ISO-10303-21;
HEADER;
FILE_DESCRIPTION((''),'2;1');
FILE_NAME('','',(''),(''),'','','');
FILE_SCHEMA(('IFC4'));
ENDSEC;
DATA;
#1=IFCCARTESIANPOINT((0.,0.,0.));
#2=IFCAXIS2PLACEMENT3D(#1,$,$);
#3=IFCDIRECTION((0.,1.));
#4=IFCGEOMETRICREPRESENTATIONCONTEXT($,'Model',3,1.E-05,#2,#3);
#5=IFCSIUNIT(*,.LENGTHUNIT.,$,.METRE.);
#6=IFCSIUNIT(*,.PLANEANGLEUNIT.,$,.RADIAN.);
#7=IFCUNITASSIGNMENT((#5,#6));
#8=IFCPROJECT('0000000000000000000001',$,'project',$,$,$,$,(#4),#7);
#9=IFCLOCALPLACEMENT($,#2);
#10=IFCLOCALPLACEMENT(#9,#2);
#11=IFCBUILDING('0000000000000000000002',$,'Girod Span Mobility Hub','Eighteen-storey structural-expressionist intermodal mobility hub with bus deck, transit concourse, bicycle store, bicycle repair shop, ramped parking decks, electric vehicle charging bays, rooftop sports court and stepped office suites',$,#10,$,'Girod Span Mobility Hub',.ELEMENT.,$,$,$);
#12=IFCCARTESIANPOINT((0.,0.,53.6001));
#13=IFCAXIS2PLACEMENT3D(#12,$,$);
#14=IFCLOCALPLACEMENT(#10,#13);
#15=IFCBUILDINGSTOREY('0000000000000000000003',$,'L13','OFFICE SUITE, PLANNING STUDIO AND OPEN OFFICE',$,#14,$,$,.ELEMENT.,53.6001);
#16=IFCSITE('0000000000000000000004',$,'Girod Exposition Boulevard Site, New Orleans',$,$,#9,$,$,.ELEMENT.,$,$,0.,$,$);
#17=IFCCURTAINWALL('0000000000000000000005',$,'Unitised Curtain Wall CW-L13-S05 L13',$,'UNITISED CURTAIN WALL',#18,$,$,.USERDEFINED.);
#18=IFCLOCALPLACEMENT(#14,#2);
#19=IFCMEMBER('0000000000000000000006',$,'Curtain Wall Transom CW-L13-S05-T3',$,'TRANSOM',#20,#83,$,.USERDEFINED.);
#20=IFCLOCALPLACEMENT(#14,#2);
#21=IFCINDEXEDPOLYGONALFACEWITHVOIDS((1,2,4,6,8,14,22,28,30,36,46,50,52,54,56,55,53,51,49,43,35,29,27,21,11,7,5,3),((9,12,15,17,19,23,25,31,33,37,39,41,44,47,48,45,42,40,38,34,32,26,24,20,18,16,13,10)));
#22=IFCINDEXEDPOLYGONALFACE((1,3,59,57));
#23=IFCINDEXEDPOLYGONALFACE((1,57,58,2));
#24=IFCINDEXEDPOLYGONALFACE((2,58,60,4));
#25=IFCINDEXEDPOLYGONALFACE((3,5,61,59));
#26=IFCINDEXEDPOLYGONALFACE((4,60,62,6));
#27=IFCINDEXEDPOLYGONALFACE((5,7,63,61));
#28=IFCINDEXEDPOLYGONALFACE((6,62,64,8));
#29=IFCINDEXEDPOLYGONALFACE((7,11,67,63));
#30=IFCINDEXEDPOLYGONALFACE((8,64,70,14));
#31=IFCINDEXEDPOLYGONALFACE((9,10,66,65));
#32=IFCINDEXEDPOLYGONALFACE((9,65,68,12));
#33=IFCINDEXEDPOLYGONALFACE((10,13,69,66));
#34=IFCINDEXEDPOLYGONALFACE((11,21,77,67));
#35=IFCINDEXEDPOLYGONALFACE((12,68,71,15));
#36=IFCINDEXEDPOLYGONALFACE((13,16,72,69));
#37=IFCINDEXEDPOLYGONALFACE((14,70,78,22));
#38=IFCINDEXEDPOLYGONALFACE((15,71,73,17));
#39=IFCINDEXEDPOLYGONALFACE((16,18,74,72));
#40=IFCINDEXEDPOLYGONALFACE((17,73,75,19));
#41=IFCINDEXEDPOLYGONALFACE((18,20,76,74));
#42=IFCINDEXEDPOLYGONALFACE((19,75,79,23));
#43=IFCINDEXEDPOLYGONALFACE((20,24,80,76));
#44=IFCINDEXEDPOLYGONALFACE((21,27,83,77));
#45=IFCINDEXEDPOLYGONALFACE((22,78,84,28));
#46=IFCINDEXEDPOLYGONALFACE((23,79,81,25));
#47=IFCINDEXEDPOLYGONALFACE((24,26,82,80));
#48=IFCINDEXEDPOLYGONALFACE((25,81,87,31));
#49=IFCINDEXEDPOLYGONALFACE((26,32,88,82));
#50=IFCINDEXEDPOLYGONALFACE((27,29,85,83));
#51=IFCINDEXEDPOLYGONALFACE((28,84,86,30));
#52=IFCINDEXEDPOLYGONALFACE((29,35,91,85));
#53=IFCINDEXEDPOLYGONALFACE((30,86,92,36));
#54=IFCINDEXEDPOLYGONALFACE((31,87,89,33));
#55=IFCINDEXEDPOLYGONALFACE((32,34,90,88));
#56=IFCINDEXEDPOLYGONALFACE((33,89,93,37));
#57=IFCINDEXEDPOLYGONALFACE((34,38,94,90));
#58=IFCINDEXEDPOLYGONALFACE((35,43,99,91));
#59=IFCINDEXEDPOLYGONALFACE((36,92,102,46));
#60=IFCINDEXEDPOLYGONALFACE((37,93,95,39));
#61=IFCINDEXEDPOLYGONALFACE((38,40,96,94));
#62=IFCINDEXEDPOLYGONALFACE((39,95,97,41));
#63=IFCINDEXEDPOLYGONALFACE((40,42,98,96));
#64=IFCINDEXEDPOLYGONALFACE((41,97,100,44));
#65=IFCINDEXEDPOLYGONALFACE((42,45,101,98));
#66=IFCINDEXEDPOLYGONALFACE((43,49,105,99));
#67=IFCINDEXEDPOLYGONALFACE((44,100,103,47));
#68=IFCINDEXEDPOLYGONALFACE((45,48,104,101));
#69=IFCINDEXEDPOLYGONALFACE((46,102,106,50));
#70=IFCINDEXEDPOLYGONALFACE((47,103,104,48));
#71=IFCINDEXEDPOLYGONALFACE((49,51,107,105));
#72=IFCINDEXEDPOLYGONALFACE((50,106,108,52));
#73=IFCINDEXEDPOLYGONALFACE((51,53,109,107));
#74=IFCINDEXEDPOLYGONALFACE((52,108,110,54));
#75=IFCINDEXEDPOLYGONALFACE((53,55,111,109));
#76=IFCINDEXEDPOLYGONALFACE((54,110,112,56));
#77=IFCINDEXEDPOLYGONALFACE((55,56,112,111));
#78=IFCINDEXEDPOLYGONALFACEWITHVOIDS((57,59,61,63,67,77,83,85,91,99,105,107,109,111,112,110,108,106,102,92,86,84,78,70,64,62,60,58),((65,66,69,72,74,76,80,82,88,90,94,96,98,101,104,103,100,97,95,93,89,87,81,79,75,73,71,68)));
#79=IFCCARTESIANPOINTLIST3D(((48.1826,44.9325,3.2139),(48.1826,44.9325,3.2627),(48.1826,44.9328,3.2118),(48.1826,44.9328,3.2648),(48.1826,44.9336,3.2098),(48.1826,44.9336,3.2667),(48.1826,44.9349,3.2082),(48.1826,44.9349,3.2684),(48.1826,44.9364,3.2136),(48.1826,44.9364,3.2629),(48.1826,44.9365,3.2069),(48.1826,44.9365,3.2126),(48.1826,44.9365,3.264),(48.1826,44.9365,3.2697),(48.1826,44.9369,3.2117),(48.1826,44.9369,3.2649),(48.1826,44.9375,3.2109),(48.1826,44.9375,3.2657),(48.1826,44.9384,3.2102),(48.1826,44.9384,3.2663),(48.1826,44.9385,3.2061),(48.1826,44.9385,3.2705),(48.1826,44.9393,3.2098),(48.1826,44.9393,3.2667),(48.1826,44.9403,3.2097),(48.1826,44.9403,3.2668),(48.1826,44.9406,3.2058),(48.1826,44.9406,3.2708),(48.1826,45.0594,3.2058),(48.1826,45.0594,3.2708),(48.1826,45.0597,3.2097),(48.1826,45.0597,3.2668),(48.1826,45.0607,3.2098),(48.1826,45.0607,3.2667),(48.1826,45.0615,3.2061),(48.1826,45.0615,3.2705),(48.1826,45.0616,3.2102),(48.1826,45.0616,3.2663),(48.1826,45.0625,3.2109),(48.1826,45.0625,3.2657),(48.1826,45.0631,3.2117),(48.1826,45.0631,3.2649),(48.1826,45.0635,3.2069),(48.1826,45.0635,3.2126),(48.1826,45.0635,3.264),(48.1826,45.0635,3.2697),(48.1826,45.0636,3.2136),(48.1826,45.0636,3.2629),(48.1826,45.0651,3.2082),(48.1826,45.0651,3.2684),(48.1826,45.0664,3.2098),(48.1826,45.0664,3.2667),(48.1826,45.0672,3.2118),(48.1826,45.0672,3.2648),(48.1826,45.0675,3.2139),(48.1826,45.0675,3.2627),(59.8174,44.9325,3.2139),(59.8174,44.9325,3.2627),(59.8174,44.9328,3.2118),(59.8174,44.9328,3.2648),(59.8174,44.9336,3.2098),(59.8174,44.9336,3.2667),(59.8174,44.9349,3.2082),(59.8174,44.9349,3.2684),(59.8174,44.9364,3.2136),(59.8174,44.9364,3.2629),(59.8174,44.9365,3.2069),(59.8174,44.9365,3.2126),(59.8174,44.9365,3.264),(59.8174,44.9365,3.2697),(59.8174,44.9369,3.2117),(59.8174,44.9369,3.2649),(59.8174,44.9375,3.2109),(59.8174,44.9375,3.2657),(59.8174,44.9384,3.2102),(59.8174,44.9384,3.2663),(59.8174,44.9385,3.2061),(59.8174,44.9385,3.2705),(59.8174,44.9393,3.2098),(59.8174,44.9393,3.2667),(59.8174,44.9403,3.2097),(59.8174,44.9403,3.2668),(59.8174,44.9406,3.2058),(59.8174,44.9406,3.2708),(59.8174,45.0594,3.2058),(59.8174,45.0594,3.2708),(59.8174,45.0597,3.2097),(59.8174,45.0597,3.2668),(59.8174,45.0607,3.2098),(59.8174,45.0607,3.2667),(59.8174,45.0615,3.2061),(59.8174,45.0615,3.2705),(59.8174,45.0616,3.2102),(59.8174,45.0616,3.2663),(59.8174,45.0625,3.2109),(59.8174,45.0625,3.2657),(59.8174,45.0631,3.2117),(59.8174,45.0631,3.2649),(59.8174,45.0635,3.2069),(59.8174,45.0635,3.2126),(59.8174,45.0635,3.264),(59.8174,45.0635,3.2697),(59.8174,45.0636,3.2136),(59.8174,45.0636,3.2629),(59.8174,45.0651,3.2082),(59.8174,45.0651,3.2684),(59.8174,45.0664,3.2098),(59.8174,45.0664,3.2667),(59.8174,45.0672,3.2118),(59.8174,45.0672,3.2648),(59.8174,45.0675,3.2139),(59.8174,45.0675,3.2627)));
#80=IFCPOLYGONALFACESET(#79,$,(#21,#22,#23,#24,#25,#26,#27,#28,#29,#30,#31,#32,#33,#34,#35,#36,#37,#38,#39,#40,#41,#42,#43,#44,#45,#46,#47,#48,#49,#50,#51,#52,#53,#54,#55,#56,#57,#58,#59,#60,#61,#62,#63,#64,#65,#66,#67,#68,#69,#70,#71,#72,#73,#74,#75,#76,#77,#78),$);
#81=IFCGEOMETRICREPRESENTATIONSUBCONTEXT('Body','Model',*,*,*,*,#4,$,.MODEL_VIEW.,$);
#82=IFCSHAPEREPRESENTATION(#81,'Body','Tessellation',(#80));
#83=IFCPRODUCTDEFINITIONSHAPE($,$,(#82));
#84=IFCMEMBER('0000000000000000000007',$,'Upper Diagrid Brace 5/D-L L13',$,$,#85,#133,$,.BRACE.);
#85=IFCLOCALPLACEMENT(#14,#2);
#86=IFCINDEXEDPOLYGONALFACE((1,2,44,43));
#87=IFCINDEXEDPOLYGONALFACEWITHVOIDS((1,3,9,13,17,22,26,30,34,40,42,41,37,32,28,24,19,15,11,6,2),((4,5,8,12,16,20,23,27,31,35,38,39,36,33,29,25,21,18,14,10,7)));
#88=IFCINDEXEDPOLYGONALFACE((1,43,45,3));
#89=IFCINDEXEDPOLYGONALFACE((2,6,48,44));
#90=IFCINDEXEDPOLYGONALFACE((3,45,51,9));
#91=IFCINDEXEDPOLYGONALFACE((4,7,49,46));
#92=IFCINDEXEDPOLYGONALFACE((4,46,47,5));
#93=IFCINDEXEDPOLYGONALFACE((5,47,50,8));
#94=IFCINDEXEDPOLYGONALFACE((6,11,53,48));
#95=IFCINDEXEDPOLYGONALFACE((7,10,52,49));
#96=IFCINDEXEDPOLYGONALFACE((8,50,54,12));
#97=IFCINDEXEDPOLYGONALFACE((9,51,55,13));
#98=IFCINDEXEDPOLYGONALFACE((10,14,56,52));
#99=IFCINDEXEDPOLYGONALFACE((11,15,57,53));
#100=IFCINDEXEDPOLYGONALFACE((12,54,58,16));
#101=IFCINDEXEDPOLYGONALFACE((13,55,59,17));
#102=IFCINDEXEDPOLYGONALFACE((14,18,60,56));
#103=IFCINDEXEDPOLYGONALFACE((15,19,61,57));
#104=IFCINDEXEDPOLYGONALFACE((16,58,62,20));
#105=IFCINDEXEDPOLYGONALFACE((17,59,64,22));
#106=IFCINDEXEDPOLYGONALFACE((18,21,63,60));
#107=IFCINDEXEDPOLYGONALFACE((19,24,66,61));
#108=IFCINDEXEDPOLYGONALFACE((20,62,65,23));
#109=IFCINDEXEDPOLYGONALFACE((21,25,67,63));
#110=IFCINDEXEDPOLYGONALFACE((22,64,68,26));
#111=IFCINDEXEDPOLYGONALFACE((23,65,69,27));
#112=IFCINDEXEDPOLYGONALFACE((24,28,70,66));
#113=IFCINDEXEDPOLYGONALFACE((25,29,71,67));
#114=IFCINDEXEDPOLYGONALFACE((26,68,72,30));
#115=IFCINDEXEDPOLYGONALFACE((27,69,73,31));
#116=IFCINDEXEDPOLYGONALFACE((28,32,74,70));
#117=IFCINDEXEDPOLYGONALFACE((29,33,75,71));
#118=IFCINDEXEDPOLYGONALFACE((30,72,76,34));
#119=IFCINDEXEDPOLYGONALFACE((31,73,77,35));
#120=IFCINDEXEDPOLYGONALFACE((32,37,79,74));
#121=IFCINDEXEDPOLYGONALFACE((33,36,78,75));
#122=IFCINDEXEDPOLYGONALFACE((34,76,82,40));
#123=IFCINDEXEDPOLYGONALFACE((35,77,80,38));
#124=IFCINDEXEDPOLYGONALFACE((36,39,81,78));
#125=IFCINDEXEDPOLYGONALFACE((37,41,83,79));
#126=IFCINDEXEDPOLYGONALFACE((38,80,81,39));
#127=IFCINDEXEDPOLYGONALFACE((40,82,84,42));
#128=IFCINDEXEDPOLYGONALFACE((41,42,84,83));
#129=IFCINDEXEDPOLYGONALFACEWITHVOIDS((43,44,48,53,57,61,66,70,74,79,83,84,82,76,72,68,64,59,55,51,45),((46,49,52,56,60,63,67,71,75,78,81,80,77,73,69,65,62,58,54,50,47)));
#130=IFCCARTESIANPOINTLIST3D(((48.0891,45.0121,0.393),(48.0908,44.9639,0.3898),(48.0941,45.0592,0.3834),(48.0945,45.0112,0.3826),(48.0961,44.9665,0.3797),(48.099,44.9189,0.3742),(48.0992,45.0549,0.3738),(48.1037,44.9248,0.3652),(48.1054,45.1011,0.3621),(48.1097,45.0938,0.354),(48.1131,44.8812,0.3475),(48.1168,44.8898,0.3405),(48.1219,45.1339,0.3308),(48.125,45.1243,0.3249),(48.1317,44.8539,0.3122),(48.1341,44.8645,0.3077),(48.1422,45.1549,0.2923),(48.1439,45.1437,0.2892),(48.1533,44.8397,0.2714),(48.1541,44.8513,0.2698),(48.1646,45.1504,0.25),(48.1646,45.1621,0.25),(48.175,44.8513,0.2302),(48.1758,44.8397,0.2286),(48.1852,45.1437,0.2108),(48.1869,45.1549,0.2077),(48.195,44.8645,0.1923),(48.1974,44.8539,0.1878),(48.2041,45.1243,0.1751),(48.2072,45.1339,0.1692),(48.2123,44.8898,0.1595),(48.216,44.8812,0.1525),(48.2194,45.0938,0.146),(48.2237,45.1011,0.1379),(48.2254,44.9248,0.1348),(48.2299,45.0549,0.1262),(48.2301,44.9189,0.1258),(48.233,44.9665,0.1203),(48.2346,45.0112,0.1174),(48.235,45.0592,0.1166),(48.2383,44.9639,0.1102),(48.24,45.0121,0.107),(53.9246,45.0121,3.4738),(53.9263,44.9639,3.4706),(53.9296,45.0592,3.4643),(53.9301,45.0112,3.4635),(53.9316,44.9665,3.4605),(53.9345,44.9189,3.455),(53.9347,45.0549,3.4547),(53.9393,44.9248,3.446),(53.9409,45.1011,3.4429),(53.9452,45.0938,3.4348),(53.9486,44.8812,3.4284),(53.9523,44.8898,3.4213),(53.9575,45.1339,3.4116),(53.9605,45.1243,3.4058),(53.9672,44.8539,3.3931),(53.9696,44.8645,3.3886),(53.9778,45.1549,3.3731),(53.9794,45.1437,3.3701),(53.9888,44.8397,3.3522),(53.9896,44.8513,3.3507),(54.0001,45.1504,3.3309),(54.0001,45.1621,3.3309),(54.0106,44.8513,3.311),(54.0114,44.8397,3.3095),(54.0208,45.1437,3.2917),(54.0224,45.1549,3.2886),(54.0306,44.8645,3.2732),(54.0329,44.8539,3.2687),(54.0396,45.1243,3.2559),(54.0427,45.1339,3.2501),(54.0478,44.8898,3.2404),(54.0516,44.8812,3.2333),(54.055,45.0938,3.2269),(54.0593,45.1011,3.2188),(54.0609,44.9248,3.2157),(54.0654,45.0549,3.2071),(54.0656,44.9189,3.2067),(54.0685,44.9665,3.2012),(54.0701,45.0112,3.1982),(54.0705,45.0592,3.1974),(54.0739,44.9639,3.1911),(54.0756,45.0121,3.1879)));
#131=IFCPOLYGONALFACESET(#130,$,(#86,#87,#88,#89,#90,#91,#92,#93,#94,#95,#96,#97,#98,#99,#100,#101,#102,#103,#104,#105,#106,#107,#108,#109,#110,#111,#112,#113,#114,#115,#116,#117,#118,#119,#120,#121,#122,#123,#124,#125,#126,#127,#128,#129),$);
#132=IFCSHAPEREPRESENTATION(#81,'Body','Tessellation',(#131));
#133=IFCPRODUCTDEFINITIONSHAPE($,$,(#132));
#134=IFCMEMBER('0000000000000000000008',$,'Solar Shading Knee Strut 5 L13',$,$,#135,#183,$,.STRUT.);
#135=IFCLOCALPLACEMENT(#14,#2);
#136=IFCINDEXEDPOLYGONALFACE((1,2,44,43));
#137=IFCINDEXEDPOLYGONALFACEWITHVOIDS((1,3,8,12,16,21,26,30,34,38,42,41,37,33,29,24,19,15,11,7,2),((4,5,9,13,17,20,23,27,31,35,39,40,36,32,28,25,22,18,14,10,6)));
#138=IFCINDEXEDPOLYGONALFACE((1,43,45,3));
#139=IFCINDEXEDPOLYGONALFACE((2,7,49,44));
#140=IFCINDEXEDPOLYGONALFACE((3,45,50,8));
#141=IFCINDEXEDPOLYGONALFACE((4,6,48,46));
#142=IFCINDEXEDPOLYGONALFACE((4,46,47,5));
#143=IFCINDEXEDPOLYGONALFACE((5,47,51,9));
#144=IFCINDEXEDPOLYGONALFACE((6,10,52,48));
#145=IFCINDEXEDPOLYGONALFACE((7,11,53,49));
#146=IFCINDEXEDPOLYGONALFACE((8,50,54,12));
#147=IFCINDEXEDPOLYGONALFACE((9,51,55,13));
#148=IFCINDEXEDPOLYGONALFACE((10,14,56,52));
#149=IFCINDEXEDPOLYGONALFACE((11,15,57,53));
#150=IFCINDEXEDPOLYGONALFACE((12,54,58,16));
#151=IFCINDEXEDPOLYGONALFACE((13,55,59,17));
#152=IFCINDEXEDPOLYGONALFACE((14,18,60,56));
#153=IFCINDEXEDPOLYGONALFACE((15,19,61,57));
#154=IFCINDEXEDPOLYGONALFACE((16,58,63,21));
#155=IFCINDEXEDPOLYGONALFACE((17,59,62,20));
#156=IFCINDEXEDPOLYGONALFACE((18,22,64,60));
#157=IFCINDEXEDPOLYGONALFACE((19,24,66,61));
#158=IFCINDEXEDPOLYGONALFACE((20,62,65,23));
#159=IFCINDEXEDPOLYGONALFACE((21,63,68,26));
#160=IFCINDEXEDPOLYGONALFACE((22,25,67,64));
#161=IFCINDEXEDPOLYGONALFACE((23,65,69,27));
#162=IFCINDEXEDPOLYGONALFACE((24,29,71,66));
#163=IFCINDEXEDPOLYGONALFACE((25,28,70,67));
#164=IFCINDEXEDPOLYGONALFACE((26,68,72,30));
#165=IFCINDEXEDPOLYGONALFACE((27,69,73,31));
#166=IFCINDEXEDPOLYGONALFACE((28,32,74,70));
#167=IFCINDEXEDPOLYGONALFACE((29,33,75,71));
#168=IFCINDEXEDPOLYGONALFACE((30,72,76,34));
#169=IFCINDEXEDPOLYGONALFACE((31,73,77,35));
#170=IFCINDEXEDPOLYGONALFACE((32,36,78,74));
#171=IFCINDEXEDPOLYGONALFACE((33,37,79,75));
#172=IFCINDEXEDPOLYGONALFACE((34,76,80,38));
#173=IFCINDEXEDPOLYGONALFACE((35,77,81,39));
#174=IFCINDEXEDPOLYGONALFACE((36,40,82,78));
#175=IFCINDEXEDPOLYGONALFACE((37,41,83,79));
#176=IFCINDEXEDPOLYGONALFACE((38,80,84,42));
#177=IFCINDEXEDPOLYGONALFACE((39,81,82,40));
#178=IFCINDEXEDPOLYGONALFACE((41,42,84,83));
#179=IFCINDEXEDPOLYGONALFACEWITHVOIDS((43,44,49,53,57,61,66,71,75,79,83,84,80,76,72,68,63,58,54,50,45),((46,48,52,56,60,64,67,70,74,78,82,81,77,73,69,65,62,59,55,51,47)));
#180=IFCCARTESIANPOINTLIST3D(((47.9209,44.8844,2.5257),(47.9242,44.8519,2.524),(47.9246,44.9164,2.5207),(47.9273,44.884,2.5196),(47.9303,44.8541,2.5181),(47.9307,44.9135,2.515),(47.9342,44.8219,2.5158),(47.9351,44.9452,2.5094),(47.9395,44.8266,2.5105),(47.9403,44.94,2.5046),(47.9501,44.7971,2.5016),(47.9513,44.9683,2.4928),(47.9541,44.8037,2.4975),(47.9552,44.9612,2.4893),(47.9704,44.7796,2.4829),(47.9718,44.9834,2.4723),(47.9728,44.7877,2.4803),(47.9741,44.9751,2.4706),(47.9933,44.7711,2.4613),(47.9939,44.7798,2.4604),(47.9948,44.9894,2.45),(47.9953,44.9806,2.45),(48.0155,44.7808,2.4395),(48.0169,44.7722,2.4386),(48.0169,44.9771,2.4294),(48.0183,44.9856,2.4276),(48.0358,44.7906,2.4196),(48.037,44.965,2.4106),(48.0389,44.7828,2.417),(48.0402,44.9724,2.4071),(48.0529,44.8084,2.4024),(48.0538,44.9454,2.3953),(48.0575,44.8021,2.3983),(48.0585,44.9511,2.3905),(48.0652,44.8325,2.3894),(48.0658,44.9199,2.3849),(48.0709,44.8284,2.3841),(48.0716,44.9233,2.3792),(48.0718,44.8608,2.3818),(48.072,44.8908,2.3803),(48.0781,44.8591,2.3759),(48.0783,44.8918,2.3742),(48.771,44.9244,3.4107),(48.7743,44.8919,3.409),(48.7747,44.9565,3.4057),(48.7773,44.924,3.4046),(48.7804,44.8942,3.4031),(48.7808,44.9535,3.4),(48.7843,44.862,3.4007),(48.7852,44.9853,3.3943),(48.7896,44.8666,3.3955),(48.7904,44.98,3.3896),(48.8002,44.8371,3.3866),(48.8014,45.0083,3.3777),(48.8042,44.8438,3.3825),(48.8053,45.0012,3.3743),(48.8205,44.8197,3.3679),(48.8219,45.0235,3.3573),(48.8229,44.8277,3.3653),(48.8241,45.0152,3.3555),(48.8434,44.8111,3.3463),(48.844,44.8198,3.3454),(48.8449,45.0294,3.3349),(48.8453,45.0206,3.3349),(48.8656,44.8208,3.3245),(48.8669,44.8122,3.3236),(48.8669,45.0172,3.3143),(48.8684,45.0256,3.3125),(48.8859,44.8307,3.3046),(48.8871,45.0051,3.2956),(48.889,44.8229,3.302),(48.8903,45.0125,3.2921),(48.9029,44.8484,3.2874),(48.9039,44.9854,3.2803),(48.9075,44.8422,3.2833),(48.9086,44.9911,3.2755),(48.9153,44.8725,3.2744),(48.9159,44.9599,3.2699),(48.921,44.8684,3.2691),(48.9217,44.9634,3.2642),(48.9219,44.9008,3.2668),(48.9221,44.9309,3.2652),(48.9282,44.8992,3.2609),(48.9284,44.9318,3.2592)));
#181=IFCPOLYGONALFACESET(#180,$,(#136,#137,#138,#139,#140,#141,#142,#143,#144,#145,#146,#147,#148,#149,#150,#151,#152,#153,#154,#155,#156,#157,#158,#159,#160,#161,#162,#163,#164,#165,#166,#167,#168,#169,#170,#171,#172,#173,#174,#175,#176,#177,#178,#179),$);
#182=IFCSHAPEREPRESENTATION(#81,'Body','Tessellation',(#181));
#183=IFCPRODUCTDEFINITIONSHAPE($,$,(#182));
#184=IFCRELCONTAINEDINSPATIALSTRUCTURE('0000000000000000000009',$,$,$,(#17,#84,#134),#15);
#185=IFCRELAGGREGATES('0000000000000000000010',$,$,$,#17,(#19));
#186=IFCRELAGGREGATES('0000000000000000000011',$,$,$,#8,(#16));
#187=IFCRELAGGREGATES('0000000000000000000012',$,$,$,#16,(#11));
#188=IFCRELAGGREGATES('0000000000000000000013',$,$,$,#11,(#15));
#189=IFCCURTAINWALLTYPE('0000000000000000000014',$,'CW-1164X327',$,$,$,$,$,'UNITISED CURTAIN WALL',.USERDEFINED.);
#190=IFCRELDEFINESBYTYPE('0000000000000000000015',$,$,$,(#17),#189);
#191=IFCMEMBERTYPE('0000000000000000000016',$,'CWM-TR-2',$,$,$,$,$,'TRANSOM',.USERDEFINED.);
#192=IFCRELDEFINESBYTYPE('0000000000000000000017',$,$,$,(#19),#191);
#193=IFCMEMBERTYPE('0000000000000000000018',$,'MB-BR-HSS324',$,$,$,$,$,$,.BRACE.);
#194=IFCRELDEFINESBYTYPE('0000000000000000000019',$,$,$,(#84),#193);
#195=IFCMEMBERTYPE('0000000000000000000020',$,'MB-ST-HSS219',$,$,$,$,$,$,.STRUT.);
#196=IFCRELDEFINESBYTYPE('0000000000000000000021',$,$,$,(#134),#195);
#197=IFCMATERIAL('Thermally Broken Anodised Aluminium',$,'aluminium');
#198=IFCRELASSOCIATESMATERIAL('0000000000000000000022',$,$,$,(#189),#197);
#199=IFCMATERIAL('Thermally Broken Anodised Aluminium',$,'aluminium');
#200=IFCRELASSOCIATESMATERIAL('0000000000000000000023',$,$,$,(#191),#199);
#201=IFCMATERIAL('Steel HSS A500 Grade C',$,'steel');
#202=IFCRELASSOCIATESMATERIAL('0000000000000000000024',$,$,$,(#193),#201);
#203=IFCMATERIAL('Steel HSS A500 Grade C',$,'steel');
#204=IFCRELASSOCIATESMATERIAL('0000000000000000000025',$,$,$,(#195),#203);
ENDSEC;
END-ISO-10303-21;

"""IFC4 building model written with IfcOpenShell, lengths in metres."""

from ifc_helpers import new_model, si_unit, direction, frame, origin, origin_2d, place, context, subcontext, project, spatial, hollow_rectangle, hollow_circle, extrude, material, material_profile, profile_set, type_object, element, aggregate, save


model = new_model("IFC4")

# Units and contexts
model_context = context("Model", 3, precision=1e-05, world=origin(), true_north=direction((0.0, 1.0)))
body_context = subcontext(model_context, "Body", "Model", "MODEL_VIEW")
ifc_project = project(units=[si_unit("LENGTHUNIT", "METRE"), si_unit("PLANEANGLEUNIT", "RADIAN")], contexts=[model_context])

# Site, building, storey
site_placement = place(None, origin())
site = spatial("IfcSite", under=ifc_project, at=site_placement, Name="Girod Exposition Boulevard Site, New Orleans", CompositionType="ELEMENT", RefElevation=0.0)
building_placement = place(site_placement, origin())
building = spatial("IfcBuilding", under=site, at=building_placement, Name="Girod Span Mobility Hub", Description="Eighteen-storey structural-expressionist intermodal mobility hub with bus deck, transit concourse, bicycle store, bicycle repair shop, ramped parking decks, electric vehicle charging bays, rooftop sports court and stepped office suites", LongName="Girod Span Mobility Hub", CompositionType="ELEMENT")
storey_placement = place(building_placement, frame((0.0, 0.0, 53.6001)))
storey = spatial("IfcBuildingStorey", under=building, at=storey_placement, Name="L13", Description="OFFICE SUITE, PLANNING STUDIO AND OPEN OFFICE", CompositionType="ELEMENT", Elevation=53.6001)

# Curtain wall, member
ifc_material_1 = material(Name="Thermally Broken Anodised Aluminium", Category="aluminium")
curtain_wall_type = type_object("IfcCurtainWallType", Name="CW-1164X327", ElementType="UNITISED CURTAIN WALL", PredefinedType="USERDEFINED", material=ifc_material_1)
curtain_wall_placement = place(storey_placement, origin())
curtain_wall = element("IfcCurtainWall", 1, at=curtain_wall_placement, inside=storey, type_object=curtain_wall_type, Name="Unitised Curtain Wall CW-L13-S05 L13", ObjectType="UNITISED CURTAIN WALL", PredefinedType="USERDEFINED")
ifc_material_2 = material(Name="Thermally Broken Anodised Aluminium", Category="aluminium")
ifc_material_profile_1 = material_profile(ifc_material_2, hollow_rectangle(XDim=0.135, YDim=0.0649, WallThickness=0.0039, InnerFilletRadius=0.0039, OuterFilletRadius=0.0081, at=origin_2d()), Name="CW-TR-65X135")
ifc_profile_set_1 = profile_set([ifc_material_profile_1], Name="Thermally Broken Anodised Aluminium")
member_type_1 = type_object("IfcMemberType", Name="CWM-TR-2", ElementType="TRANSOM", PredefinedType="USERDEFINED", material=ifc_profile_set_1)
member_1_placement = place(storey_placement, frame((48.1826, 45.0, 3.2383), z_axis=(1.0, 0.0, 0.0), x_axis=(0.0, 1.0, 0.0)))
member_1 = element("IfcMember", 2, at=member_1_placement, type_object=member_type_1, Name="Curtain Wall Transom CW-L13-S05-T3", ObjectType="TRANSOM", PredefinedType="USERDEFINED", context=body_context, shape_type="SweptSolid", body=[
    extrude(hollow_rectangle(XDim=0.135, YDim=0.0649, WallThickness=0.0039, InnerFilletRadius=0.0039, OuterFilletRadius=0.0081, at=origin_2d()), origin(), (0.0, 0.0, 1.0), 11.6348),
])
aggregate(curtain_wall, [member_1])

# Members
ifc_material_3 = material(Name="Steel HSS A500 Grade C", Category="steel")
ifc_material_profile_2 = material_profile(ifc_material_3, hollow_circle(Radius=0.1621, WallThickness=0.0117, at=origin_2d()), Name="HSS324X12.7")
ifc_profile_set_2 = profile_set([ifc_material_profile_2], Name="Steel HSS A500 Grade C")
member_type_2 = type_object("IfcMemberType", Name="MB-BR-HSS324", PredefinedType="BRACE", material=ifc_profile_set_2)
member_2_placement = place(storey_placement, frame((48.1646, 45.0, 0.25), z_axis=(0.884323, 0.0, 0.466876), x_axis=(0.0, 1.0, 0.0)))
element("IfcMember", 3, at=member_2_placement, inside=storey, type_object=member_type_2, Name="Upper Diagrid Brace 5/D-L L13", PredefinedType="BRACE", context=body_context, shape_type="SweptSolid", body=[
    extrude(hollow_circle(Radius=0.1621, WallThickness=0.0117, at=origin_2d()), origin(), (0.0, 0.0, 1.0), 6.5989),
])
ifc_material_4 = material(Name="Steel HSS A500 Grade C", Category="steel")
ifc_material_profile_3 = material_profile(ifc_material_4, hollow_circle(Radius=0.1096, WallThickness=0.0088, at=origin_2d()), Name="HSS219X9.5")
ifc_profile_set_3 = profile_set([ifc_material_profile_3], Name="Steel HSS A500 Grade C")
member_type_3 = type_object("IfcMemberType", Name="MB-ST-HSS219", PredefinedType="STRUT", material=ifc_profile_set_3)
member_3_placement = place(storey_placement, frame((48.0, 44.8799, 2.45), z_axis=(0.69237, 0.03261, 0.720805), x_axis=(-0.047047, 0.998893, 0.0)))
element("IfcMember", 4, at=member_3_placement, inside=storey, type_object=member_type_3, Name="Solar Shading Knee Strut 5 L13", PredefinedType="STRUT", context=body_context, shape_type="SweptSolid", body=[
    extrude(hollow_circle(Radius=0.1096, WallThickness=0.0088, at=origin_2d()), origin(), (0.0, 0.0, 1.0), 1.2278),
])

save(model, "model.ifc")
